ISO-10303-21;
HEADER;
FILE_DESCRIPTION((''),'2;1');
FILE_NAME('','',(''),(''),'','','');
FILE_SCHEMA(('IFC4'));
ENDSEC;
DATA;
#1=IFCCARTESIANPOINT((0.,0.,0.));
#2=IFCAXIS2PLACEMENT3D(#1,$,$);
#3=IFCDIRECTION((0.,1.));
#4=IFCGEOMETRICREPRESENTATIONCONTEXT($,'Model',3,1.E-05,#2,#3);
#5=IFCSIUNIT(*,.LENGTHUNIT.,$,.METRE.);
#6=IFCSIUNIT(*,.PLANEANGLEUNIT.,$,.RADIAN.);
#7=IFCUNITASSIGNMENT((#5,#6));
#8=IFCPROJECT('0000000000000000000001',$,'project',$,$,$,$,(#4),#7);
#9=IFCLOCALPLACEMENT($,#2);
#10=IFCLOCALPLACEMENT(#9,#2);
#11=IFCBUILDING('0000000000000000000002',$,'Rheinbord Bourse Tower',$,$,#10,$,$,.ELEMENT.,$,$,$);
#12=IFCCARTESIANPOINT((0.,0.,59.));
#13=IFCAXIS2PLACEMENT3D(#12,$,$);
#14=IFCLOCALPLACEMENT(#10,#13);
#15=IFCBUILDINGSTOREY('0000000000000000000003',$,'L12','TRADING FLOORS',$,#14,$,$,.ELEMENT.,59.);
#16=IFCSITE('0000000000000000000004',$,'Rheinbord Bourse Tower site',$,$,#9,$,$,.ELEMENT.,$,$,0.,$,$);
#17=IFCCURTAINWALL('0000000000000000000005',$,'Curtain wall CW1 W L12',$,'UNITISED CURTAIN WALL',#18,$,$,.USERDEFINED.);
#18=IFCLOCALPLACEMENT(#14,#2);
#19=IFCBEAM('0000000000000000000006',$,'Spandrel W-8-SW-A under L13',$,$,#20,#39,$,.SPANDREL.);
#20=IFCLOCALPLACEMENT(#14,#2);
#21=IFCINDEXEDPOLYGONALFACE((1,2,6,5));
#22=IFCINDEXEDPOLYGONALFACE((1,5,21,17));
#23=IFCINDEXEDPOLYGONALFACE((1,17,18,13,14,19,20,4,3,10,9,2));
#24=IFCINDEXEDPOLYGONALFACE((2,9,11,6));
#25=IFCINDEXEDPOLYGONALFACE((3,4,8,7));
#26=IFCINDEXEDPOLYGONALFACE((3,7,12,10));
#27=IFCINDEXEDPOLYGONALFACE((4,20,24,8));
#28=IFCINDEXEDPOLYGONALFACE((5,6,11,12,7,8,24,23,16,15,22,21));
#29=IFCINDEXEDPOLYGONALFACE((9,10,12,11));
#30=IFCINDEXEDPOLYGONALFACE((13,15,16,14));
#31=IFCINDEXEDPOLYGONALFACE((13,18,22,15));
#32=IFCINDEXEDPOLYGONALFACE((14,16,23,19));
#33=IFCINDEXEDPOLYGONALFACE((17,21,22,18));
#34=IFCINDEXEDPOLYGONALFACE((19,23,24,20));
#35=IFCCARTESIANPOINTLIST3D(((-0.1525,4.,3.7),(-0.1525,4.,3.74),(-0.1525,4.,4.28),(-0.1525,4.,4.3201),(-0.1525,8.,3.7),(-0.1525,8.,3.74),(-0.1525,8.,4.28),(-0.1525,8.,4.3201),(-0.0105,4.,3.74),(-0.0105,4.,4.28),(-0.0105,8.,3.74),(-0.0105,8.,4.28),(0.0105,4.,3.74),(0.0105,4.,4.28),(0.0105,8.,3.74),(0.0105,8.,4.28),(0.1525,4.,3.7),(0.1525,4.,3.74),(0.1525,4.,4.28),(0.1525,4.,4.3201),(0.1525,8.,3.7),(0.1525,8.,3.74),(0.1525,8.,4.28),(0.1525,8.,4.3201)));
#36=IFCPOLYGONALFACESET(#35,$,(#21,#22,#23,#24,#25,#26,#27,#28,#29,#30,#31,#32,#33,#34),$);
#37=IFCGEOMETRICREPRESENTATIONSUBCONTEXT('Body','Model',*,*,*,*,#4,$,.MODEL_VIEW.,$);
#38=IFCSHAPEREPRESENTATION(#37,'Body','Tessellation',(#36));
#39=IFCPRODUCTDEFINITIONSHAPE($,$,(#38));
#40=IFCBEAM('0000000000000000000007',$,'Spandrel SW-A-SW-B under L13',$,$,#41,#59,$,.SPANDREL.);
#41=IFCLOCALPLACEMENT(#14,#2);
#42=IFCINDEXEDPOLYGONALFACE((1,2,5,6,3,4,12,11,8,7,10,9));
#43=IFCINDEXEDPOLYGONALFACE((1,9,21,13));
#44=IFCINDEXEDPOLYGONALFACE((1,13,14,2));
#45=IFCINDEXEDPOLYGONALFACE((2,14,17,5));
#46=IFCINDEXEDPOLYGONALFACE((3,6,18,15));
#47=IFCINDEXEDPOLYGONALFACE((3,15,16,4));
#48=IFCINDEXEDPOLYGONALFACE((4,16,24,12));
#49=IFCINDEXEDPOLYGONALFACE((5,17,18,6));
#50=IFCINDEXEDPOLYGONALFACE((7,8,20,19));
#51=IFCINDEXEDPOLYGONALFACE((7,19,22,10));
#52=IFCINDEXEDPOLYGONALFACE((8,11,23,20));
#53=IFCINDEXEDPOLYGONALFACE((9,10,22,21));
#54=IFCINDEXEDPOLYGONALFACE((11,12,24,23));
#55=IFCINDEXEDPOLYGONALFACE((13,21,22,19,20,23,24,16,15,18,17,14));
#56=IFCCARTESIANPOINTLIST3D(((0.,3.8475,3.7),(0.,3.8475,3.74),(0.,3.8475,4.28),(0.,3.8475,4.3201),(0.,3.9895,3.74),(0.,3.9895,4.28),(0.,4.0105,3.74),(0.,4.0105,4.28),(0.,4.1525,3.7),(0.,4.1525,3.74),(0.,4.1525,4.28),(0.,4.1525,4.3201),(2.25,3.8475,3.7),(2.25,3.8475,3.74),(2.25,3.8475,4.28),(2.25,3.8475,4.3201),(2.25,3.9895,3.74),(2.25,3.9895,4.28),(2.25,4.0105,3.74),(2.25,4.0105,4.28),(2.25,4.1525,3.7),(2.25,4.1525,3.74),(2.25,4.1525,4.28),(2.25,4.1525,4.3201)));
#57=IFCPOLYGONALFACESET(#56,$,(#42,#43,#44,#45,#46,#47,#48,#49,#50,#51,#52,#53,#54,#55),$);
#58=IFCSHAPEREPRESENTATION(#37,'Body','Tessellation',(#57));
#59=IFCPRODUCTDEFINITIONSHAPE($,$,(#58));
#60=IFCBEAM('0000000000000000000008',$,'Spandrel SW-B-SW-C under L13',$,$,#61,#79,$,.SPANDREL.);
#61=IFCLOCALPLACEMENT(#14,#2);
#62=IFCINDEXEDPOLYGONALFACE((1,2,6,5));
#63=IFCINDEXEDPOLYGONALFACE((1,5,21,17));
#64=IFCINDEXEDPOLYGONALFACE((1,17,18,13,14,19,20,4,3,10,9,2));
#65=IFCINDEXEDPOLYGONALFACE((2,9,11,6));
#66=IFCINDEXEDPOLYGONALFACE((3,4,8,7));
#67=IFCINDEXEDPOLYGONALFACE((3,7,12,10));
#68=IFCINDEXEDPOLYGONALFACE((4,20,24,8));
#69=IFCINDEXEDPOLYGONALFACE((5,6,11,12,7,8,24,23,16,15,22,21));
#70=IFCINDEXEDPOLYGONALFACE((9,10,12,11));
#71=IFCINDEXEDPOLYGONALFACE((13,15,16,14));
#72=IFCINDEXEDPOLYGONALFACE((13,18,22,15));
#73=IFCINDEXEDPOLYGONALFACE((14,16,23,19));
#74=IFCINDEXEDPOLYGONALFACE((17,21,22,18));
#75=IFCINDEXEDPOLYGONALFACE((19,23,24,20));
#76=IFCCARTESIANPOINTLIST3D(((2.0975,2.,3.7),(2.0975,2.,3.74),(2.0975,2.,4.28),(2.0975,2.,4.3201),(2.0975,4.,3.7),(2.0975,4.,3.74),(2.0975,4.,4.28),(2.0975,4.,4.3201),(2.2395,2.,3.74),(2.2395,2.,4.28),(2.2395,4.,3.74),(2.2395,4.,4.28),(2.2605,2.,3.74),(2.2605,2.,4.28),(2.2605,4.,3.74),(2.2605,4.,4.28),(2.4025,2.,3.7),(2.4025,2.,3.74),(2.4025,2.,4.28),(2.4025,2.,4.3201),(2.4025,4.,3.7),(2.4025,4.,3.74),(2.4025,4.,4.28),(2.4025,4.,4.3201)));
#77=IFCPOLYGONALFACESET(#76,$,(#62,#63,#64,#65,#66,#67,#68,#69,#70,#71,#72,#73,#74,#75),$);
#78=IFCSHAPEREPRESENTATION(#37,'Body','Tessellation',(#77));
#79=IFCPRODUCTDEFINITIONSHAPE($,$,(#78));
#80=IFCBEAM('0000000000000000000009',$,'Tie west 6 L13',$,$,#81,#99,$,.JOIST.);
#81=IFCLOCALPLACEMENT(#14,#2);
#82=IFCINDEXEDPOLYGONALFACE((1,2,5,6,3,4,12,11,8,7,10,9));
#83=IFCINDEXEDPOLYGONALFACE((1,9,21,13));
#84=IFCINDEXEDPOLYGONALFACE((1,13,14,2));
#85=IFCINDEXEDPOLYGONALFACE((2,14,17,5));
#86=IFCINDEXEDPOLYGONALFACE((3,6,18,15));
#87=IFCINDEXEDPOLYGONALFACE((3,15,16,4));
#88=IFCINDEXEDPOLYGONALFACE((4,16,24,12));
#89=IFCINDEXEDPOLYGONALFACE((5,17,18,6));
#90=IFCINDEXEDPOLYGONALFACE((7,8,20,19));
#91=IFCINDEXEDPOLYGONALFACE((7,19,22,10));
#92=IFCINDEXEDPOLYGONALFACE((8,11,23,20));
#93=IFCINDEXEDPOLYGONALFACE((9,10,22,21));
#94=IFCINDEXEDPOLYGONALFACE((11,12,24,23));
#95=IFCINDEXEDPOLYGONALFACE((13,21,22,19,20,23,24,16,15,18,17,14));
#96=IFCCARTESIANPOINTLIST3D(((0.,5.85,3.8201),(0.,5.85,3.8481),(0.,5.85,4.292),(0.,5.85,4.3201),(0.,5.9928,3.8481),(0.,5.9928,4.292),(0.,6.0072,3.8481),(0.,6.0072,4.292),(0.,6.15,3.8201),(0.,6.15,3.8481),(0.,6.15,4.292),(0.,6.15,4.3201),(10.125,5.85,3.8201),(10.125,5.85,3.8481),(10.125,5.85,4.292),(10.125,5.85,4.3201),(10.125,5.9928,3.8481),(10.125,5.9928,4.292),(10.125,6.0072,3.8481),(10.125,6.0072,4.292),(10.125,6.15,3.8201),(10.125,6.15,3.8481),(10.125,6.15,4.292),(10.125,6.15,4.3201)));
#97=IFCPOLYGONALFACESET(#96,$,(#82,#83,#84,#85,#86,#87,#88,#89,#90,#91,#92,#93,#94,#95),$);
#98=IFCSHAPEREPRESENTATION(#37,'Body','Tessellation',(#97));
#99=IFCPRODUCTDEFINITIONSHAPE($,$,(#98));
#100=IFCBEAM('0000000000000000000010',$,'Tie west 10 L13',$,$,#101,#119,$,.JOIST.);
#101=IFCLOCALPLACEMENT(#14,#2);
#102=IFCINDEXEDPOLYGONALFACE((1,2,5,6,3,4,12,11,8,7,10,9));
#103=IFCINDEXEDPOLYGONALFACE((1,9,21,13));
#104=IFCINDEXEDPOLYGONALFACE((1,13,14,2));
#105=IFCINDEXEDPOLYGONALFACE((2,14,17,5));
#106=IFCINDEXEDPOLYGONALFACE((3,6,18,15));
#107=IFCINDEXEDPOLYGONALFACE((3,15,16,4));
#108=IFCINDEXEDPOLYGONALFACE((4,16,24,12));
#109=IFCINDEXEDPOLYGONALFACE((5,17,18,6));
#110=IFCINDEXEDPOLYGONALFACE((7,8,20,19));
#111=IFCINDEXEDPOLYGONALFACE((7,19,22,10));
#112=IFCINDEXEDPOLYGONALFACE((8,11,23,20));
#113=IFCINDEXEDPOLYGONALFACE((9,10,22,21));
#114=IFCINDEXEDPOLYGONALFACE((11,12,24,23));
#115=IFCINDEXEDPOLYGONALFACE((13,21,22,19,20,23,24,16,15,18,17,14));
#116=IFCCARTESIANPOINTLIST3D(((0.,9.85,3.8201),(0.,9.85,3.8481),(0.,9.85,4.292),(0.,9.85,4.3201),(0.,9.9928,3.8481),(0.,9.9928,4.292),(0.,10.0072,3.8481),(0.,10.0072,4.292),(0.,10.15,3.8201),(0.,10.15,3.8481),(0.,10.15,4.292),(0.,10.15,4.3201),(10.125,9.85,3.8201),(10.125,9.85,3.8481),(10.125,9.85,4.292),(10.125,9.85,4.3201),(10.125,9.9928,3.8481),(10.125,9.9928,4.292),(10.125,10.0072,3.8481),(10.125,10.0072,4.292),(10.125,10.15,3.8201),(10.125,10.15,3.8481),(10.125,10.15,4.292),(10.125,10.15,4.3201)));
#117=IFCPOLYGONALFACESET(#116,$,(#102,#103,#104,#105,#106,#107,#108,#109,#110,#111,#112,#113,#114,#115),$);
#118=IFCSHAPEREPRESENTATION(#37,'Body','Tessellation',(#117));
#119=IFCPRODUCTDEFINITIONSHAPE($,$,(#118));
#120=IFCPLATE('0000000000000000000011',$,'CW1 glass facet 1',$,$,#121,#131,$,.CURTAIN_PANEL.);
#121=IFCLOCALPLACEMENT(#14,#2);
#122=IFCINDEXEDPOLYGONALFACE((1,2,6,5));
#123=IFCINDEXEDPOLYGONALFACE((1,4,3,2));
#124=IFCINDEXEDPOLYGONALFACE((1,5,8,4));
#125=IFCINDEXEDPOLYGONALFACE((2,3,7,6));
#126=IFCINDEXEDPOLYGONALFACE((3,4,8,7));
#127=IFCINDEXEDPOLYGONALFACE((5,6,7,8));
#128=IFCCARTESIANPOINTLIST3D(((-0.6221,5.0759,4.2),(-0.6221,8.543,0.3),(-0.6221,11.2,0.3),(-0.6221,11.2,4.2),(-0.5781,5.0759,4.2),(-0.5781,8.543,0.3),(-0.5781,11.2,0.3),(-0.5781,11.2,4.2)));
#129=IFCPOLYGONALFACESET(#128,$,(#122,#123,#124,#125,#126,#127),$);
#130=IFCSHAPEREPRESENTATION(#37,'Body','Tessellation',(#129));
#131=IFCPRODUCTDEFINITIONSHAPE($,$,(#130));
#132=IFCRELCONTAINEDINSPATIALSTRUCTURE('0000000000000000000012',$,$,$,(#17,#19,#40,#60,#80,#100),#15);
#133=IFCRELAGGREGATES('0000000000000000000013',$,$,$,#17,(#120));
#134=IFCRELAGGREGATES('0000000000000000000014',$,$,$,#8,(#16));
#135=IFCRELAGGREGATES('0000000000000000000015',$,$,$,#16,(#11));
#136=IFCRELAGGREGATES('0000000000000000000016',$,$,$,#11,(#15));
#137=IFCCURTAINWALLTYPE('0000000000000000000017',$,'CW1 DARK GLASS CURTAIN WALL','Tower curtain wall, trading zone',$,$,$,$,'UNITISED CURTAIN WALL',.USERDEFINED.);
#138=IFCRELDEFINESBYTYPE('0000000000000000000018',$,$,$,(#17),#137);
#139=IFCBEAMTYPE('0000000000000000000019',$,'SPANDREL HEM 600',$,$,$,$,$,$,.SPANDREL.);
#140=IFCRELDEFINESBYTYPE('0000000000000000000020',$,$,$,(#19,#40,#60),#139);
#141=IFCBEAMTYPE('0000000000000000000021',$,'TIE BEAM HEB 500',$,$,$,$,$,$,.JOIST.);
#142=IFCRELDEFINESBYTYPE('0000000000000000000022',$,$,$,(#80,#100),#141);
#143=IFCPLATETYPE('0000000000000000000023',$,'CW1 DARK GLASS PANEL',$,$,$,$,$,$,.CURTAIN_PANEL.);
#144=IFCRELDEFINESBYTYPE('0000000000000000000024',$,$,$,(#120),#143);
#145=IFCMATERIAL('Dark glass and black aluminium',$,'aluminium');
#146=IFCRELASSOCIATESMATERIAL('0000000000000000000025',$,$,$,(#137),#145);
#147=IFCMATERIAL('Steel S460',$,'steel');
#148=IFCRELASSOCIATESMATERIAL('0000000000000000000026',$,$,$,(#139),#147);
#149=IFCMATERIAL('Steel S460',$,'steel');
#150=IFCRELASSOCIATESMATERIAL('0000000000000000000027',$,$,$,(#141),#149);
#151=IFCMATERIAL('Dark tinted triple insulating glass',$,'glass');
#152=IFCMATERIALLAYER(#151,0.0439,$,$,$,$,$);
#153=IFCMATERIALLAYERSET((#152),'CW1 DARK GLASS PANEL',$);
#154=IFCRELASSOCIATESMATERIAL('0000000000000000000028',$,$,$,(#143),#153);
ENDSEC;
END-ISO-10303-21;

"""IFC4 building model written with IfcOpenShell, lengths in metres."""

from ifc_helpers import new_model, si_unit, direction, frame, origin, origin_2d, place, context, subcontext, project, spatial, polyline, i_section, outline, extrude, material, layer, layer_set, material_profile, profile_set, type_object, element, aggregate, save


model = new_model("IFC4")

# Units and contexts
model_context = context("Model", 3, precision=1e-05, world=origin(), true_north=direction((0.0, 1.0)))
body_context = subcontext(model_context, "Body", "Model", "MODEL_VIEW")
ifc_project = project(units=[si_unit("LENGTHUNIT", "METRE"), si_unit("PLANEANGLEUNIT", "RADIAN")], contexts=[model_context])

# Site, building, storey
site_placement = place(None, origin())
site = spatial("IfcSite", under=ifc_project, at=site_placement, Name="Rheinbord Bourse Tower site", CompositionType="ELEMENT", RefElevation=0.0)
building_placement = place(site_placement, origin())
building = spatial("IfcBuilding", under=site, at=building_placement, Name="Rheinbord Bourse Tower", CompositionType="ELEMENT")
storey_placement = place(building_placement, frame((0.0, 0.0, 59.0)))
storey = spatial("IfcBuildingStorey", under=building, at=storey_placement, Name="L12", Description="TRADING FLOORS", CompositionType="ELEMENT", Elevation=59.0)

# Curtain wall
ifc_material_1 = material(Name="Dark glass and black aluminium", Category="aluminium")
curtain_wall_type = type_object("IfcCurtainWallType", Name="CW1 DARK GLASS CURTAIN WALL", Description="Tower curtain wall, trading zone", ElementType="UNITISED CURTAIN WALL", PredefinedType="USERDEFINED", material=ifc_material_1)
curtain_wall_placement = place(storey_placement, origin())
curtain_wall = element("IfcCurtainWall", 1, at=curtain_wall_placement, inside=storey, type_object=curtain_wall_type, Name="Curtain wall CW1 W L12", ObjectType="UNITISED CURTAIN WALL", PredefinedType="USERDEFINED")

# Beams
ifc_material_2 = material(Name="Steel S460", Category="steel")
ifc_material_profile_1 = material_profile(ifc_material_2, i_section(OverallWidth=0.3049, OverallDepth=0.6201, WebThickness=0.021, FlangeThickness=0.04, at=origin_2d()), Name="HEM 600")
ifc_profile_set_1 = profile_set([ifc_material_profile_1], Name="Steel S460")
beam_type_1 = type_object("IfcBeamType", Name="SPANDREL HEM 600", PredefinedType="SPANDREL", material=ifc_profile_set_1)
beam_1_placement = place(storey_placement, frame((0.0, 8.0, 4.01), z_axis=(0.0, -1.0, 0.0), x_axis=(1.0, 0.0, 0.0)))
element("IfcBeam", 2, at=beam_1_placement, inside=storey, type_object=beam_type_1, Name="Spandrel W-8-SW-A under L13", PredefinedType="SPANDREL", context=body_context, shape_type="SweptSolid", body=[
    extrude(i_section(OverallWidth=0.3049, OverallDepth=0.6201, WebThickness=0.021, FlangeThickness=0.04, at=origin_2d()), origin(), (0.0, 0.0, 1.0), 4.0),
])
beam_2_placement = place(storey_placement, frame((0.0, 4.0, 4.01), z_axis=(1.0, 0.0, 0.0), x_axis=(0.0, 1.0, 0.0)))
element("IfcBeam", 3, at=beam_2_placement, inside=storey, type_object=beam_type_1, Name="Spandrel SW-A-SW-B under L13", PredefinedType="SPANDREL", context=body_context, shape_type="SweptSolid", body=[
    extrude(i_section(OverallWidth=0.3049, OverallDepth=0.6201, WebThickness=0.021, FlangeThickness=0.04, at=origin_2d()), origin(), (0.0, 0.0, 1.0), 2.25),
])
beam_3_placement = place(storey_placement, frame((2.25, 4.0, 4.01), z_axis=(0.0, -1.0, 0.0), x_axis=(1.0, 0.0, 0.0)))
element("IfcBeam", 4, at=beam_3_placement, inside=storey, type_object=beam_type_1, Name="Spandrel SW-B-SW-C under L13", PredefinedType="SPANDREL", context=body_context, shape_type="SweptSolid", body=[
    extrude(i_section(OverallWidth=0.3049, OverallDepth=0.6201, WebThickness=0.021, FlangeThickness=0.04, at=origin_2d()), origin(), (0.0, 0.0, 1.0), 2.0),
])
ifc_material_3 = material(Name="Steel S460", Category="steel")
ifc_material_profile_2 = material_profile(ifc_material_3, i_section(OverallWidth=0.3, OverallDepth=0.5, WebThickness=0.0144, FlangeThickness=0.0281, at=origin_2d()), Name="HEB 500")
ifc_profile_set_2 = profile_set([ifc_material_profile_2], Name="Steel S460")
beam_type_2 = type_object("IfcBeamType", Name="TIE BEAM HEB 500", PredefinedType="JOIST", material=ifc_profile_set_2)
for number, where, z_axis, x_axis, name in (
    (5, (0.0, 6.0, 4.0701), (1.0, 0.0, 0.0), (0.0, 1.0, 0.0), "Tie west 6 L13"),
    (6, (0.0, 10.0, 4.0701), (1.0, 0.0, 0.0), (0.0, 1.0, 0.0), "Tie west 10 L13"),
):
    element("IfcBeam", number, at=place(storey_placement, frame(where, z_axis=z_axis, x_axis=x_axis)), inside=storey, type_object=beam_type_2, Name=name, PredefinedType="JOIST", context=body_context, shape_type="SweptSolid", body=[
        extrude(i_section(OverallWidth=0.3, OverallDepth=0.5, WebThickness=0.0144, FlangeThickness=0.0281, at=origin_2d()), origin(), (0.0, 0.0, 1.0), 10.125),
    ])

# Plate
ifc_material_4 = material(Name="Dark tinted triple insulating glass", Category="glass")
ifc_layer_1 = layer(ifc_material_4, 0.0439)
ifc_layer_set_1 = layer_set([ifc_layer_1], Name="CW1 DARK GLASS PANEL")
plate_type = type_object("IfcPlateType", Name="CW1 DARK GLASS PANEL", PredefinedType="CURTAIN_PANEL", material=ifc_layer_set_1)
plate_placement = place(storey_placement, frame((-0.6221, 11.2, 0.3), z_axis=(1.0, 0.0, 0.0), x_axis=(0.0, 0.0, 1.0)))
plate = element("IfcPlate", 7, at=plate_placement, type_object=plate_type, Name="CW1 glass facet 1", PredefinedType="CURTAIN_PANEL", context=body_context, shape_type="SweptSolid", body=[
    extrude(outline(polyline([(0.0, 0.0), (3.8999, 0.0), (3.8999, 6.124), (0.0, 2.657), (0.0, 0.0)])), origin(), (0.0, 0.0, 1.0), 0.0439),
])
aggregate(curtain_wall, [plate])

save(model, "model.ifc")
